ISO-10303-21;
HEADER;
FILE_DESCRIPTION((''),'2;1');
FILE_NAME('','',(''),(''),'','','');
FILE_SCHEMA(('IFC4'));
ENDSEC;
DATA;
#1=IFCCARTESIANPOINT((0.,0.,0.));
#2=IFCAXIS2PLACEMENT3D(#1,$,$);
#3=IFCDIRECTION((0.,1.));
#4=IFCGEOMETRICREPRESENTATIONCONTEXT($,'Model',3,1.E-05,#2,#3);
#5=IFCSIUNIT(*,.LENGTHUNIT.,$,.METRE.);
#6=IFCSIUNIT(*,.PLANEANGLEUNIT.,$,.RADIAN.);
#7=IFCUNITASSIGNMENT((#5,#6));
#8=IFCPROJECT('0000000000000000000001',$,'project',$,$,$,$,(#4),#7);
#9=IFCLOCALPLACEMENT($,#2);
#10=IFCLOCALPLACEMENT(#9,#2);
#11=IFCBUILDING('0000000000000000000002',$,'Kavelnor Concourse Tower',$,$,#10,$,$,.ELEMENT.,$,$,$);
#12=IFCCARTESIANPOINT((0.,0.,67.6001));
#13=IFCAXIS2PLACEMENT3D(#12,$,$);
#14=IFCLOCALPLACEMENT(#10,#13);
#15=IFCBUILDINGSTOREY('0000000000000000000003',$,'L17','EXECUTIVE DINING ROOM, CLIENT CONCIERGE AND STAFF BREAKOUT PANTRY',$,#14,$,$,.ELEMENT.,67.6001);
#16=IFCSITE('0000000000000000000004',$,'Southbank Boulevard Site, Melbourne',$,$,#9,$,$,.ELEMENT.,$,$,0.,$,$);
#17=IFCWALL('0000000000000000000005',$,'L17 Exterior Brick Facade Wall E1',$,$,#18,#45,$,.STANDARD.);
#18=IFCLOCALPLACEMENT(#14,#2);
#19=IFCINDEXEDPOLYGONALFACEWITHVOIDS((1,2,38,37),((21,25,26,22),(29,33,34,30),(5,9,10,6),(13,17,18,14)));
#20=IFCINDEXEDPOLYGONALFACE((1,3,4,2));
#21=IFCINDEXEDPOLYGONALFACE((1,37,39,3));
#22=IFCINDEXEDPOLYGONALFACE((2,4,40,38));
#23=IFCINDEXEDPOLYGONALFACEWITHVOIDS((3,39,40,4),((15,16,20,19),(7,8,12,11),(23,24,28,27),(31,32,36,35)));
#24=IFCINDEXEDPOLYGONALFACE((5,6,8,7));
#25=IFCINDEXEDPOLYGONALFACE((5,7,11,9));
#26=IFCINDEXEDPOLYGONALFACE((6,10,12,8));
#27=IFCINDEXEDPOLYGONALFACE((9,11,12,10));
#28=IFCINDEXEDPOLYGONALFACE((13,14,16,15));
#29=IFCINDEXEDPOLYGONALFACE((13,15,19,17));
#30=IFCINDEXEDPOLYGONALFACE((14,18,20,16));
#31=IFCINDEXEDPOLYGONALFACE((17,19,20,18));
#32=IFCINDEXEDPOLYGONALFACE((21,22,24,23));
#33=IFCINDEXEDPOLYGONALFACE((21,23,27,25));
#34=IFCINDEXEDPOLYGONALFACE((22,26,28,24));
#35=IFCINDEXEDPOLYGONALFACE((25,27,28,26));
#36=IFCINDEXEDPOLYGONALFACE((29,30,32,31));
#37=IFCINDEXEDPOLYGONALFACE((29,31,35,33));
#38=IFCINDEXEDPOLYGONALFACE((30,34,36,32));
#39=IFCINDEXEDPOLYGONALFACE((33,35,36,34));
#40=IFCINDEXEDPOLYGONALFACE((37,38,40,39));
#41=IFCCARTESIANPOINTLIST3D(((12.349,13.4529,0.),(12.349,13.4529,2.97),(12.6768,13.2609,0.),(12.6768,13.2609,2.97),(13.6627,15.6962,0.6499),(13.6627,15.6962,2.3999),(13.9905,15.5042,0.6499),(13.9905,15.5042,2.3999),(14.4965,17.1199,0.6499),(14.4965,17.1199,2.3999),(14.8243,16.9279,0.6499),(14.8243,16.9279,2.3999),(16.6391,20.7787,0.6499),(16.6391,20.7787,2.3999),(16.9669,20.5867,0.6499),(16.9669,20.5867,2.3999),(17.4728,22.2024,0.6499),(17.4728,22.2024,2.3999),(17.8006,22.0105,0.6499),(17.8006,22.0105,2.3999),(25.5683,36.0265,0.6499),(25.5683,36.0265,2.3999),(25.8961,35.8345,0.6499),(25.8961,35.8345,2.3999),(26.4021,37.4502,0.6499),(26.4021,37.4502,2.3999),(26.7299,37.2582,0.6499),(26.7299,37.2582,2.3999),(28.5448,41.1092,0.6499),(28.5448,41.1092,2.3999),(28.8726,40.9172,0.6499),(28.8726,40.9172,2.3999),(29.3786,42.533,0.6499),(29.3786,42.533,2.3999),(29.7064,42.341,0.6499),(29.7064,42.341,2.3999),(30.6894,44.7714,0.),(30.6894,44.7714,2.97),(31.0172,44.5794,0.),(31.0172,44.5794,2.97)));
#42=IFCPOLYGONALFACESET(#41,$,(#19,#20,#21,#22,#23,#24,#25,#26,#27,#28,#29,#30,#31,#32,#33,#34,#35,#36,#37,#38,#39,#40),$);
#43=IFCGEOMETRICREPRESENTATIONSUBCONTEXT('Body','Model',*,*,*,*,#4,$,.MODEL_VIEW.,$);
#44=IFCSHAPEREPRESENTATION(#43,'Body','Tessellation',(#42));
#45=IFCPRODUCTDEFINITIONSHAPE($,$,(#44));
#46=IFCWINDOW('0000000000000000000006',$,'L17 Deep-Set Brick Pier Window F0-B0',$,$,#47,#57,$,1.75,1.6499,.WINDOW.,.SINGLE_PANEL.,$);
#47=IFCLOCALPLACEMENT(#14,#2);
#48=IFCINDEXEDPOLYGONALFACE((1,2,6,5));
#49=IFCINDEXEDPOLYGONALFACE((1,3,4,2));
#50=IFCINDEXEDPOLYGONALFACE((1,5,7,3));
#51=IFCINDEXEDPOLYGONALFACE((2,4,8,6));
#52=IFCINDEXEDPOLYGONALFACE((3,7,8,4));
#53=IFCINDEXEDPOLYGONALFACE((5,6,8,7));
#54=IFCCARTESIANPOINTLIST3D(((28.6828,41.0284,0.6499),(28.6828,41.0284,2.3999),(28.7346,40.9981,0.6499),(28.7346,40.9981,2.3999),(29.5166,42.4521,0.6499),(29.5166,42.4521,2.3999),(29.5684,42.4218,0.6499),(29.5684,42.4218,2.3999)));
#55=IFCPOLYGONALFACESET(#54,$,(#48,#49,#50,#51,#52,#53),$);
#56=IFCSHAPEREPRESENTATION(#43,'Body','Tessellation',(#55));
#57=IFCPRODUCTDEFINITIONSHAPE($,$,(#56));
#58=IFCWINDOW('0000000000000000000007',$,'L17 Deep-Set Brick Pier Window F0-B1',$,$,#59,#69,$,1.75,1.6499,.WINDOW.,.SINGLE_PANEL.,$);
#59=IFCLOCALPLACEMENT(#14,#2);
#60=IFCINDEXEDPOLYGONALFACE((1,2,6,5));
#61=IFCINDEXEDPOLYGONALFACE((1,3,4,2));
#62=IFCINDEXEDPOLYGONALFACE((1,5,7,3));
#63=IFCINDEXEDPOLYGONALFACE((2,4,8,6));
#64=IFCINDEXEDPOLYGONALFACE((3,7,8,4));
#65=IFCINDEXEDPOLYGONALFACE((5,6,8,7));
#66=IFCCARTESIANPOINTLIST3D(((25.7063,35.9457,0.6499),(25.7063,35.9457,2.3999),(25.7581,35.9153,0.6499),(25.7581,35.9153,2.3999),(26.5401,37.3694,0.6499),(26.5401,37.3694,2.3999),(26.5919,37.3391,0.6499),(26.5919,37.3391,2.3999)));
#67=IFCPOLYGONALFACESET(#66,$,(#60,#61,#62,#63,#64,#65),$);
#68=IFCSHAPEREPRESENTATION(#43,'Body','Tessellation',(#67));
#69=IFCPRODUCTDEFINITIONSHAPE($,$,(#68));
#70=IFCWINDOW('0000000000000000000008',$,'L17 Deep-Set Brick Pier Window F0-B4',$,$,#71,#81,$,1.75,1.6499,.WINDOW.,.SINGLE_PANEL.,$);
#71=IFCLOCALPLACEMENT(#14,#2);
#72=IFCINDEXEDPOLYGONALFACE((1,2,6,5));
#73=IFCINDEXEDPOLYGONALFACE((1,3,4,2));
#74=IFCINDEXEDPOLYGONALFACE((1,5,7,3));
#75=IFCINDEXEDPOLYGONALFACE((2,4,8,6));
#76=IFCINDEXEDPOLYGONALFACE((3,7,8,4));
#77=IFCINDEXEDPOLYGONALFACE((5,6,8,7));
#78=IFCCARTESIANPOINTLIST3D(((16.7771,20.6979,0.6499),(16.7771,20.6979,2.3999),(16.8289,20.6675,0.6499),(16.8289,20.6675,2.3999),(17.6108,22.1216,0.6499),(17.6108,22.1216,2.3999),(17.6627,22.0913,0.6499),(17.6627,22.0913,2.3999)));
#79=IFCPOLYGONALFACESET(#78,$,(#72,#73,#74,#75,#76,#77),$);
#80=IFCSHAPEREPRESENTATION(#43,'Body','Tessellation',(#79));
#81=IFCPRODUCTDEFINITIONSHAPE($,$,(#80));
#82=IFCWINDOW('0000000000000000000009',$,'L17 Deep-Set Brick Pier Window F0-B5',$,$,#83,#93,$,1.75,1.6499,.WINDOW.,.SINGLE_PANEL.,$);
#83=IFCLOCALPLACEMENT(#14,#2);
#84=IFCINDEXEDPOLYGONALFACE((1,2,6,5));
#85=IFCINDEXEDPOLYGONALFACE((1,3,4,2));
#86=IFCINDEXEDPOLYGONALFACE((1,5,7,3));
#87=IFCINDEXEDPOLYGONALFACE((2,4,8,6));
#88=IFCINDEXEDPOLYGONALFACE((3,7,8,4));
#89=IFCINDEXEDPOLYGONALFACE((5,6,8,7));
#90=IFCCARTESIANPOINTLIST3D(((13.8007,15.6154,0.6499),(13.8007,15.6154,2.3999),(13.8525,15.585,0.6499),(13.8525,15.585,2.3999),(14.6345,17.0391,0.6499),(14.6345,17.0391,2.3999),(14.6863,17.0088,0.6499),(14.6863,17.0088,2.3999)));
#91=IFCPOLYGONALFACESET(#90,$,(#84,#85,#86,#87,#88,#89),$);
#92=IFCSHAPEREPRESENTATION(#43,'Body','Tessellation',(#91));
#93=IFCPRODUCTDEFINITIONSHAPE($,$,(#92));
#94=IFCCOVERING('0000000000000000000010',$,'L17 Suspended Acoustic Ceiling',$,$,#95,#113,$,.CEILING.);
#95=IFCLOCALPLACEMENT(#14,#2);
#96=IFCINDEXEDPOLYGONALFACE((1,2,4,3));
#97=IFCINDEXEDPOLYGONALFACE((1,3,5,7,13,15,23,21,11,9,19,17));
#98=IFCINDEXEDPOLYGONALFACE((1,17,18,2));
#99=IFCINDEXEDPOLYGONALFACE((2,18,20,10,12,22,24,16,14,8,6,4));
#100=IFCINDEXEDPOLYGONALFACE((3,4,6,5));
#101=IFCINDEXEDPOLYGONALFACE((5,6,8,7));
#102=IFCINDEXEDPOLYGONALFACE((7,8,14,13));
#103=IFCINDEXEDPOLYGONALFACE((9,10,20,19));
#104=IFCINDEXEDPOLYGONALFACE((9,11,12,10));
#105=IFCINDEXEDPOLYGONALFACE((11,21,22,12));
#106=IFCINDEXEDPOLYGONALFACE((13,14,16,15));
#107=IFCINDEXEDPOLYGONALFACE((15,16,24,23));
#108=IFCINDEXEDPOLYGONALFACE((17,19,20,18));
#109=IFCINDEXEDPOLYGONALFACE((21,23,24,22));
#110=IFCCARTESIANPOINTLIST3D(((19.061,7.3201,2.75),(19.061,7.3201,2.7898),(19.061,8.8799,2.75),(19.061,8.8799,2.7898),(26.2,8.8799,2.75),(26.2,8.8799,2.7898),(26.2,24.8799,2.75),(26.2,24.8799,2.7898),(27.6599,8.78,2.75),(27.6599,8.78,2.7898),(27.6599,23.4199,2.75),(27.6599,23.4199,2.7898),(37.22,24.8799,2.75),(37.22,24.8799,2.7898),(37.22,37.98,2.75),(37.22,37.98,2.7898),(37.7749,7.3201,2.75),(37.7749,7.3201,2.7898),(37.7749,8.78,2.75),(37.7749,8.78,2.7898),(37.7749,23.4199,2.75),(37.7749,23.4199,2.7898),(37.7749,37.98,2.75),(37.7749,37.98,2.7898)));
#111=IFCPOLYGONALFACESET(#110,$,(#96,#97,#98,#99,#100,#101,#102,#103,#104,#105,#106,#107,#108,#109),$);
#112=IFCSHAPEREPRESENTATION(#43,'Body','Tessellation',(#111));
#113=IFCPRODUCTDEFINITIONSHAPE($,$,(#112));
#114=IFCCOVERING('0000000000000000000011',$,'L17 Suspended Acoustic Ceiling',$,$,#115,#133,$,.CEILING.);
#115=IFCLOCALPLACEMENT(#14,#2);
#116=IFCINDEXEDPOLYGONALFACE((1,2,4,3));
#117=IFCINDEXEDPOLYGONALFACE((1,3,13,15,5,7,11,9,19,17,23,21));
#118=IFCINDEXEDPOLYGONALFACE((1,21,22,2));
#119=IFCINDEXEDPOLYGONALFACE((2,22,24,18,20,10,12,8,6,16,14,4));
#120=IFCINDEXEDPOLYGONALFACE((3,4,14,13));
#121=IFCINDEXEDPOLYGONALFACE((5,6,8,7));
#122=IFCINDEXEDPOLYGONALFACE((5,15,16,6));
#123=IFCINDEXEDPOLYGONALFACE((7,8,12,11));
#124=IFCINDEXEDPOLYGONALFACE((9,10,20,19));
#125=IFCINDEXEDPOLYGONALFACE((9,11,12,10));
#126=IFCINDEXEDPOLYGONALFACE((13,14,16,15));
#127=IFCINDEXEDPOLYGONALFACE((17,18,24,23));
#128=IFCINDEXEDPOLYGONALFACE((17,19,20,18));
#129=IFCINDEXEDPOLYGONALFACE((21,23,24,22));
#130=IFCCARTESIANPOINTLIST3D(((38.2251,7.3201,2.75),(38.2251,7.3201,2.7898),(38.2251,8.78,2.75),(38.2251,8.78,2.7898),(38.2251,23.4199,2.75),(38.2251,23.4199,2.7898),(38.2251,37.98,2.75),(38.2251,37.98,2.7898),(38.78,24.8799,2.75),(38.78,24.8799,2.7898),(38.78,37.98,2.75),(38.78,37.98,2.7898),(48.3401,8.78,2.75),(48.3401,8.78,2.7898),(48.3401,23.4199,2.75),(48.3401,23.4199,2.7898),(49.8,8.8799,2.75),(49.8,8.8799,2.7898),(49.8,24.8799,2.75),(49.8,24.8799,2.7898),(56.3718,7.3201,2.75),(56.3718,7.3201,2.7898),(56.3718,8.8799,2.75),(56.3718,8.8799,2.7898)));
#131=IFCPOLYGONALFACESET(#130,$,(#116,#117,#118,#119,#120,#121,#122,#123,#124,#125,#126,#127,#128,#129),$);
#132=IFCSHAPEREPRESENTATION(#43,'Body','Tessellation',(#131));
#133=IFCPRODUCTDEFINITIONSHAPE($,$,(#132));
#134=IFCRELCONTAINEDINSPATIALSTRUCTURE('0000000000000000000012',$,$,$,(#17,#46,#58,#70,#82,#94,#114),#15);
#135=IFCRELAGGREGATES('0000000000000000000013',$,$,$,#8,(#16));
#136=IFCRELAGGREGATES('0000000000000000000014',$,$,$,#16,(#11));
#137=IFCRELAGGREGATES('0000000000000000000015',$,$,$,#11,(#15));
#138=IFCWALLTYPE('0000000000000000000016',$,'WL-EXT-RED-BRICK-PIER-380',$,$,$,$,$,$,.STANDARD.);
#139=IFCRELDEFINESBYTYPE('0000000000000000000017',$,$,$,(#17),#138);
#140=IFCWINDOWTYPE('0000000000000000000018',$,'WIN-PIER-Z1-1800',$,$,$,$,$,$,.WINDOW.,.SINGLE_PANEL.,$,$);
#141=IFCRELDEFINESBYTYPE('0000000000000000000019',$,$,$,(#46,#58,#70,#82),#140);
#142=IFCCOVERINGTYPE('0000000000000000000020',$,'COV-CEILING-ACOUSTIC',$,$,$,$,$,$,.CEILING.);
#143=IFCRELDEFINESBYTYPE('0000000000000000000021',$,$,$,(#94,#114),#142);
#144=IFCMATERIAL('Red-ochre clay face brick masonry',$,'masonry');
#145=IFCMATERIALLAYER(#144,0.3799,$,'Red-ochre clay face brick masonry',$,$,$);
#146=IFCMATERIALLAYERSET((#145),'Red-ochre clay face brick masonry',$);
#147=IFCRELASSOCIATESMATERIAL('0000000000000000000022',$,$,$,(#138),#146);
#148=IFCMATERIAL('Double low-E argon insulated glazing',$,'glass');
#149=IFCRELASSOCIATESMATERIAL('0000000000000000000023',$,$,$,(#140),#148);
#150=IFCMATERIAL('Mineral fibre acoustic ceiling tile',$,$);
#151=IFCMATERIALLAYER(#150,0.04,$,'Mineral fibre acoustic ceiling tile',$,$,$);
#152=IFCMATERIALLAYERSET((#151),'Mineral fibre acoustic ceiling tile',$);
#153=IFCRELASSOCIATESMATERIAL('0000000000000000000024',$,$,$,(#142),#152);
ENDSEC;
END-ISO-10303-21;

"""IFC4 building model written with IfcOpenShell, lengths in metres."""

from ifc_helpers import new_model, si_unit, direction, frame, frame_2d, origin, place, context, subcontext, project, spatial, polyline, rectangle, outline, extrude, material, layer, layer_set, type_object, element, fill, save


model = new_model("IFC4")

# Units and contexts
model_context = context("Model", 3, precision=1e-05, world=origin(), true_north=direction((0.0, 1.0)))
body_context = subcontext(model_context, "Body", "Model", "MODEL_VIEW")
ifc_project = project(units=[si_unit("LENGTHUNIT", "METRE"), si_unit("PLANEANGLEUNIT", "RADIAN")], contexts=[model_context])

# Site, building, storey
site_placement = place(None, origin())
site = spatial("IfcSite", under=ifc_project, at=site_placement, Name="Southbank Boulevard Site, Melbourne", CompositionType="ELEMENT", RefElevation=0.0)
building_placement = place(site_placement, origin())
building = spatial("IfcBuilding", under=site, at=building_placement, Name="Kavelnor Concourse Tower", CompositionType="ELEMENT")
storey_placement = place(building_placement, frame((0.0, 0.0, 67.6001)))
storey = spatial("IfcBuildingStorey", under=building, at=storey_placement, Name="L17", Description="EXECUTIVE DINING ROOM, CLIENT CONCIERGE AND STAFF BREAKOUT PANTRY", CompositionType="ELEMENT", Elevation=67.6001)

# Wall, openings, windows
ifc_material_1 = material(Name="Red-ochre clay face brick masonry", Category="masonry")
ifc_layer_1 = layer(ifc_material_1, 0.3799, Name="Red-ochre clay face brick masonry")
ifc_layer_set_1 = layer_set([ifc_layer_1], Name="Red-ochre clay face brick masonry")
wall_type = type_object("IfcWallType", Name="WL-EXT-RED-BRICK-PIER-380", PredefinedType="STANDARD", material=ifc_layer_set_1)
wall_placement = place(storey_placement, frame((12.5129, 13.3569, 0.0), z_axis=(0.0, 0.0, 1.0), x_axis=(0.505336, 0.862923, 0.0)))
wall = element("IfcWall", 1, at=wall_placement, inside=storey, type_object=wall_type, Name="L17 Exterior Brick Facade Wall E1", PredefinedType="STANDARD", context=body_context, shape_type="SweptSolid", body=[
    extrude(rectangle(XDim=36.2935, YDim=0.3799, at=frame_2d((18.1467, 0.0))), origin(), (0.0, 0.0, 1.0), 2.97),
])
opening_1_placement = place(wall_placement, frame((32.0496, 0.0, 0.6499)))
opening_1 = element("IfcOpeningElement", 2, at=opening_1_placement, cuts=wall, PredefinedType="OPENING", context=body_context, shape_type="SweptSolid", body=[
    extrude(rectangle(XDim=1.6499, YDim=1.75, at=frame_2d((0.825, 0.875))), frame((0.0, 0.2, 0.0), z_axis=(0.0, -1.0, 0.0), x_axis=(1.0, 0.0, 0.0)), (0.0, 0.0, 1.0), 0.3999),
])
opening_2_placement = place(wall_placement, frame((26.1594, 0.0, 0.6499)))
opening_2 = element("IfcOpeningElement", 3, at=opening_2_placement, cuts=wall, PredefinedType="OPENING", context=body_context, shape_type="SweptSolid", body=[
    extrude(rectangle(XDim=1.6499, YDim=1.75, at=frame_2d((0.825, 0.875))), frame((0.0, 0.2, 0.0), z_axis=(0.0, -1.0, 0.0), x_axis=(1.0, 0.0, 0.0)), (0.0, 0.0, 1.0), 0.3999),
])
opening_3_placement = place(wall_placement, frame((8.4895, 0.0, 0.6499)))
opening_3 = element("IfcOpeningElement", 4, at=opening_3_placement, cuts=wall, PredefinedType="OPENING", context=body_context, shape_type="SweptSolid", body=[
    extrude(rectangle(XDim=1.6499, YDim=1.75, at=frame_2d((0.825, 0.875))), frame((0.0, 0.2, 0.0), z_axis=(0.0, -1.0, 0.0), x_axis=(1.0, 0.0, 0.0)), (0.0, 0.0, 1.0), 0.3999),
])
opening_4_placement = place(wall_placement, frame((2.5996, 0.0, 0.6499)))
opening_4 = element("IfcOpeningElement", 5, at=opening_4_placement, cuts=wall, PredefinedType="OPENING", context=body_context, shape_type="SweptSolid", body=[
    extrude(rectangle(XDim=1.6499, YDim=1.75, at=frame_2d((0.825, 0.875))), frame((0.0, 0.2, 0.0), z_axis=(0.0, -1.0, 0.0), x_axis=(1.0, 0.0, 0.0)), (0.0, 0.0, 1.0), 0.3999),
])
ifc_material_2 = material(Name="Double low-E argon insulated glazing", Category="glass")
window_type = type_object("IfcWindowType", Name="WIN-PIER-Z1-1800", PartitioningType="SINGLE_PANEL", PredefinedType="WINDOW", material=ifc_material_2)
window_1_placement = place(opening_1_placement, origin())
window_1 = element("IfcWindow", 6, at=window_1_placement, inside=storey, type_object=window_type, Name="L17 Deep-Set Brick Pier Window F0-B0", OverallHeight=1.75, OverallWidth=1.6499, PartitioningType="SINGLE_PANEL", PredefinedType="WINDOW", context=body_context, shape_type="SweptSolid", body=[
    extrude(rectangle(XDim=1.6499, YDim=1.75, at=frame_2d((0.825, 0.875))), frame((0.0, 0.03, 0.0), z_axis=(0.0, -1.0, 0.0), x_axis=(1.0, 0.0, 0.0)), (0.0, 0.0, 1.0), 0.0601),
])
fill(opening_1, window_1)
window_2_placement = place(opening_2_placement, origin())
window_2 = element("IfcWindow", 7, at=window_2_placement, inside=storey, type_object=window_type, Name="L17 Deep-Set Brick Pier Window F0-B1", OverallHeight=1.75, OverallWidth=1.6499, PartitioningType="SINGLE_PANEL", PredefinedType="WINDOW", context=body_context, shape_type="SweptSolid", body=[
    extrude(rectangle(XDim=1.6499, YDim=1.75, at=frame_2d((0.825, 0.875))), frame((0.0, 0.03, 0.0), z_axis=(0.0, -1.0, 0.0), x_axis=(1.0, 0.0, 0.0)), (0.0, 0.0, 1.0), 0.0601),
])
fill(opening_2, window_2)
window_3_placement = place(opening_3_placement, origin())
window_3 = element("IfcWindow", 8, at=window_3_placement, inside=storey, type_object=window_type, Name="L17 Deep-Set Brick Pier Window F0-B4", OverallHeight=1.75, OverallWidth=1.6499, PartitioningType="SINGLE_PANEL", PredefinedType="WINDOW", context=body_context, shape_type="SweptSolid", body=[
    extrude(rectangle(XDim=1.6499, YDim=1.75, at=frame_2d((0.825, 0.875))), frame((0.0, 0.03, 0.0), z_axis=(0.0, -1.0, 0.0), x_axis=(1.0, 0.0, 0.0)), (0.0, 0.0, 1.0), 0.0601),
])
fill(opening_3, window_3)
window_4_placement = place(opening_4_placement, origin())
window_4 = element("IfcWindow", 9, at=window_4_placement, inside=storey, type_object=window_type, Name="L17 Deep-Set Brick Pier Window F0-B5", OverallHeight=1.75, OverallWidth=1.6499, PartitioningType="SINGLE_PANEL", PredefinedType="WINDOW", context=body_context, shape_type="SweptSolid", body=[
    extrude(rectangle(XDim=1.6499, YDim=1.75, at=frame_2d((0.825, 0.875))), frame((0.0, 0.03, 0.0), z_axis=(0.0, -1.0, 0.0), x_axis=(1.0, 0.0, 0.0)), (0.0, 0.0, 1.0), 0.0601),
])
fill(opening_4, window_4)

# Coverings
ifc_material_3 = material(Name="Mineral fibre acoustic ceiling tile")
ifc_layer_2 = layer(ifc_material_3, 0.04, Name="Mineral fibre acoustic ceiling tile")
ifc_layer_set_2 = layer_set([ifc_layer_2], Name="Mineral fibre acoustic ceiling tile")
covering_type_1 = type_object("IfcCoveringType", Name="COV-CEILING-ACOUSTIC", PredefinedType="CEILING", material=ifc_layer_set_2)
covering_1_placement = place(storey_placement, frame((0.0, 0.0, 2.75)))
element("IfcCovering", 10, at=covering_1_placement, inside=storey, type_object=covering_type_1, Name="L17 Suspended Acoustic Ceiling", PredefinedType="CEILING", context=body_context, shape_type="SweptSolid", body=[
    extrude(outline(polyline([(37.22, 37.98), (37.7749, 37.98), (37.7749, 23.4199), (27.6599, 23.4199), (27.6599, 8.78), (37.7749, 8.78), (37.7749, 7.3201), (19.061, 7.3201), (19.061, 8.8799), (26.2, 8.8799), (26.2, 24.8799), (37.22, 24.8799), (37.22, 37.98)])), origin(), (0.0, 0.0, 1.0), 0.0398),
])
covering_2_placement = place(storey_placement, frame((0.0, 0.0, 2.75)))
element("IfcCovering", 11, at=covering_2_placement, inside=storey, type_object=covering_type_1, Name="L17 Suspended Acoustic Ceiling", PredefinedType="CEILING", context=body_context, shape_type="SweptSolid", body=[
    extrude(outline(polyline([(38.78, 37.98), (38.78, 24.8799), (49.8, 24.8799), (49.8, 8.8799), (56.3718, 8.8799), (56.3718, 7.3201), (38.2251, 7.3201), (38.2251, 8.78), (48.3401, 8.78), (48.3401, 23.4199), (38.2251, 23.4199), (38.2251, 37.98), (38.78, 37.98)])), origin(), (0.0, 0.0, 1.0), 0.0398),
])

save(model, "model.ifc")
